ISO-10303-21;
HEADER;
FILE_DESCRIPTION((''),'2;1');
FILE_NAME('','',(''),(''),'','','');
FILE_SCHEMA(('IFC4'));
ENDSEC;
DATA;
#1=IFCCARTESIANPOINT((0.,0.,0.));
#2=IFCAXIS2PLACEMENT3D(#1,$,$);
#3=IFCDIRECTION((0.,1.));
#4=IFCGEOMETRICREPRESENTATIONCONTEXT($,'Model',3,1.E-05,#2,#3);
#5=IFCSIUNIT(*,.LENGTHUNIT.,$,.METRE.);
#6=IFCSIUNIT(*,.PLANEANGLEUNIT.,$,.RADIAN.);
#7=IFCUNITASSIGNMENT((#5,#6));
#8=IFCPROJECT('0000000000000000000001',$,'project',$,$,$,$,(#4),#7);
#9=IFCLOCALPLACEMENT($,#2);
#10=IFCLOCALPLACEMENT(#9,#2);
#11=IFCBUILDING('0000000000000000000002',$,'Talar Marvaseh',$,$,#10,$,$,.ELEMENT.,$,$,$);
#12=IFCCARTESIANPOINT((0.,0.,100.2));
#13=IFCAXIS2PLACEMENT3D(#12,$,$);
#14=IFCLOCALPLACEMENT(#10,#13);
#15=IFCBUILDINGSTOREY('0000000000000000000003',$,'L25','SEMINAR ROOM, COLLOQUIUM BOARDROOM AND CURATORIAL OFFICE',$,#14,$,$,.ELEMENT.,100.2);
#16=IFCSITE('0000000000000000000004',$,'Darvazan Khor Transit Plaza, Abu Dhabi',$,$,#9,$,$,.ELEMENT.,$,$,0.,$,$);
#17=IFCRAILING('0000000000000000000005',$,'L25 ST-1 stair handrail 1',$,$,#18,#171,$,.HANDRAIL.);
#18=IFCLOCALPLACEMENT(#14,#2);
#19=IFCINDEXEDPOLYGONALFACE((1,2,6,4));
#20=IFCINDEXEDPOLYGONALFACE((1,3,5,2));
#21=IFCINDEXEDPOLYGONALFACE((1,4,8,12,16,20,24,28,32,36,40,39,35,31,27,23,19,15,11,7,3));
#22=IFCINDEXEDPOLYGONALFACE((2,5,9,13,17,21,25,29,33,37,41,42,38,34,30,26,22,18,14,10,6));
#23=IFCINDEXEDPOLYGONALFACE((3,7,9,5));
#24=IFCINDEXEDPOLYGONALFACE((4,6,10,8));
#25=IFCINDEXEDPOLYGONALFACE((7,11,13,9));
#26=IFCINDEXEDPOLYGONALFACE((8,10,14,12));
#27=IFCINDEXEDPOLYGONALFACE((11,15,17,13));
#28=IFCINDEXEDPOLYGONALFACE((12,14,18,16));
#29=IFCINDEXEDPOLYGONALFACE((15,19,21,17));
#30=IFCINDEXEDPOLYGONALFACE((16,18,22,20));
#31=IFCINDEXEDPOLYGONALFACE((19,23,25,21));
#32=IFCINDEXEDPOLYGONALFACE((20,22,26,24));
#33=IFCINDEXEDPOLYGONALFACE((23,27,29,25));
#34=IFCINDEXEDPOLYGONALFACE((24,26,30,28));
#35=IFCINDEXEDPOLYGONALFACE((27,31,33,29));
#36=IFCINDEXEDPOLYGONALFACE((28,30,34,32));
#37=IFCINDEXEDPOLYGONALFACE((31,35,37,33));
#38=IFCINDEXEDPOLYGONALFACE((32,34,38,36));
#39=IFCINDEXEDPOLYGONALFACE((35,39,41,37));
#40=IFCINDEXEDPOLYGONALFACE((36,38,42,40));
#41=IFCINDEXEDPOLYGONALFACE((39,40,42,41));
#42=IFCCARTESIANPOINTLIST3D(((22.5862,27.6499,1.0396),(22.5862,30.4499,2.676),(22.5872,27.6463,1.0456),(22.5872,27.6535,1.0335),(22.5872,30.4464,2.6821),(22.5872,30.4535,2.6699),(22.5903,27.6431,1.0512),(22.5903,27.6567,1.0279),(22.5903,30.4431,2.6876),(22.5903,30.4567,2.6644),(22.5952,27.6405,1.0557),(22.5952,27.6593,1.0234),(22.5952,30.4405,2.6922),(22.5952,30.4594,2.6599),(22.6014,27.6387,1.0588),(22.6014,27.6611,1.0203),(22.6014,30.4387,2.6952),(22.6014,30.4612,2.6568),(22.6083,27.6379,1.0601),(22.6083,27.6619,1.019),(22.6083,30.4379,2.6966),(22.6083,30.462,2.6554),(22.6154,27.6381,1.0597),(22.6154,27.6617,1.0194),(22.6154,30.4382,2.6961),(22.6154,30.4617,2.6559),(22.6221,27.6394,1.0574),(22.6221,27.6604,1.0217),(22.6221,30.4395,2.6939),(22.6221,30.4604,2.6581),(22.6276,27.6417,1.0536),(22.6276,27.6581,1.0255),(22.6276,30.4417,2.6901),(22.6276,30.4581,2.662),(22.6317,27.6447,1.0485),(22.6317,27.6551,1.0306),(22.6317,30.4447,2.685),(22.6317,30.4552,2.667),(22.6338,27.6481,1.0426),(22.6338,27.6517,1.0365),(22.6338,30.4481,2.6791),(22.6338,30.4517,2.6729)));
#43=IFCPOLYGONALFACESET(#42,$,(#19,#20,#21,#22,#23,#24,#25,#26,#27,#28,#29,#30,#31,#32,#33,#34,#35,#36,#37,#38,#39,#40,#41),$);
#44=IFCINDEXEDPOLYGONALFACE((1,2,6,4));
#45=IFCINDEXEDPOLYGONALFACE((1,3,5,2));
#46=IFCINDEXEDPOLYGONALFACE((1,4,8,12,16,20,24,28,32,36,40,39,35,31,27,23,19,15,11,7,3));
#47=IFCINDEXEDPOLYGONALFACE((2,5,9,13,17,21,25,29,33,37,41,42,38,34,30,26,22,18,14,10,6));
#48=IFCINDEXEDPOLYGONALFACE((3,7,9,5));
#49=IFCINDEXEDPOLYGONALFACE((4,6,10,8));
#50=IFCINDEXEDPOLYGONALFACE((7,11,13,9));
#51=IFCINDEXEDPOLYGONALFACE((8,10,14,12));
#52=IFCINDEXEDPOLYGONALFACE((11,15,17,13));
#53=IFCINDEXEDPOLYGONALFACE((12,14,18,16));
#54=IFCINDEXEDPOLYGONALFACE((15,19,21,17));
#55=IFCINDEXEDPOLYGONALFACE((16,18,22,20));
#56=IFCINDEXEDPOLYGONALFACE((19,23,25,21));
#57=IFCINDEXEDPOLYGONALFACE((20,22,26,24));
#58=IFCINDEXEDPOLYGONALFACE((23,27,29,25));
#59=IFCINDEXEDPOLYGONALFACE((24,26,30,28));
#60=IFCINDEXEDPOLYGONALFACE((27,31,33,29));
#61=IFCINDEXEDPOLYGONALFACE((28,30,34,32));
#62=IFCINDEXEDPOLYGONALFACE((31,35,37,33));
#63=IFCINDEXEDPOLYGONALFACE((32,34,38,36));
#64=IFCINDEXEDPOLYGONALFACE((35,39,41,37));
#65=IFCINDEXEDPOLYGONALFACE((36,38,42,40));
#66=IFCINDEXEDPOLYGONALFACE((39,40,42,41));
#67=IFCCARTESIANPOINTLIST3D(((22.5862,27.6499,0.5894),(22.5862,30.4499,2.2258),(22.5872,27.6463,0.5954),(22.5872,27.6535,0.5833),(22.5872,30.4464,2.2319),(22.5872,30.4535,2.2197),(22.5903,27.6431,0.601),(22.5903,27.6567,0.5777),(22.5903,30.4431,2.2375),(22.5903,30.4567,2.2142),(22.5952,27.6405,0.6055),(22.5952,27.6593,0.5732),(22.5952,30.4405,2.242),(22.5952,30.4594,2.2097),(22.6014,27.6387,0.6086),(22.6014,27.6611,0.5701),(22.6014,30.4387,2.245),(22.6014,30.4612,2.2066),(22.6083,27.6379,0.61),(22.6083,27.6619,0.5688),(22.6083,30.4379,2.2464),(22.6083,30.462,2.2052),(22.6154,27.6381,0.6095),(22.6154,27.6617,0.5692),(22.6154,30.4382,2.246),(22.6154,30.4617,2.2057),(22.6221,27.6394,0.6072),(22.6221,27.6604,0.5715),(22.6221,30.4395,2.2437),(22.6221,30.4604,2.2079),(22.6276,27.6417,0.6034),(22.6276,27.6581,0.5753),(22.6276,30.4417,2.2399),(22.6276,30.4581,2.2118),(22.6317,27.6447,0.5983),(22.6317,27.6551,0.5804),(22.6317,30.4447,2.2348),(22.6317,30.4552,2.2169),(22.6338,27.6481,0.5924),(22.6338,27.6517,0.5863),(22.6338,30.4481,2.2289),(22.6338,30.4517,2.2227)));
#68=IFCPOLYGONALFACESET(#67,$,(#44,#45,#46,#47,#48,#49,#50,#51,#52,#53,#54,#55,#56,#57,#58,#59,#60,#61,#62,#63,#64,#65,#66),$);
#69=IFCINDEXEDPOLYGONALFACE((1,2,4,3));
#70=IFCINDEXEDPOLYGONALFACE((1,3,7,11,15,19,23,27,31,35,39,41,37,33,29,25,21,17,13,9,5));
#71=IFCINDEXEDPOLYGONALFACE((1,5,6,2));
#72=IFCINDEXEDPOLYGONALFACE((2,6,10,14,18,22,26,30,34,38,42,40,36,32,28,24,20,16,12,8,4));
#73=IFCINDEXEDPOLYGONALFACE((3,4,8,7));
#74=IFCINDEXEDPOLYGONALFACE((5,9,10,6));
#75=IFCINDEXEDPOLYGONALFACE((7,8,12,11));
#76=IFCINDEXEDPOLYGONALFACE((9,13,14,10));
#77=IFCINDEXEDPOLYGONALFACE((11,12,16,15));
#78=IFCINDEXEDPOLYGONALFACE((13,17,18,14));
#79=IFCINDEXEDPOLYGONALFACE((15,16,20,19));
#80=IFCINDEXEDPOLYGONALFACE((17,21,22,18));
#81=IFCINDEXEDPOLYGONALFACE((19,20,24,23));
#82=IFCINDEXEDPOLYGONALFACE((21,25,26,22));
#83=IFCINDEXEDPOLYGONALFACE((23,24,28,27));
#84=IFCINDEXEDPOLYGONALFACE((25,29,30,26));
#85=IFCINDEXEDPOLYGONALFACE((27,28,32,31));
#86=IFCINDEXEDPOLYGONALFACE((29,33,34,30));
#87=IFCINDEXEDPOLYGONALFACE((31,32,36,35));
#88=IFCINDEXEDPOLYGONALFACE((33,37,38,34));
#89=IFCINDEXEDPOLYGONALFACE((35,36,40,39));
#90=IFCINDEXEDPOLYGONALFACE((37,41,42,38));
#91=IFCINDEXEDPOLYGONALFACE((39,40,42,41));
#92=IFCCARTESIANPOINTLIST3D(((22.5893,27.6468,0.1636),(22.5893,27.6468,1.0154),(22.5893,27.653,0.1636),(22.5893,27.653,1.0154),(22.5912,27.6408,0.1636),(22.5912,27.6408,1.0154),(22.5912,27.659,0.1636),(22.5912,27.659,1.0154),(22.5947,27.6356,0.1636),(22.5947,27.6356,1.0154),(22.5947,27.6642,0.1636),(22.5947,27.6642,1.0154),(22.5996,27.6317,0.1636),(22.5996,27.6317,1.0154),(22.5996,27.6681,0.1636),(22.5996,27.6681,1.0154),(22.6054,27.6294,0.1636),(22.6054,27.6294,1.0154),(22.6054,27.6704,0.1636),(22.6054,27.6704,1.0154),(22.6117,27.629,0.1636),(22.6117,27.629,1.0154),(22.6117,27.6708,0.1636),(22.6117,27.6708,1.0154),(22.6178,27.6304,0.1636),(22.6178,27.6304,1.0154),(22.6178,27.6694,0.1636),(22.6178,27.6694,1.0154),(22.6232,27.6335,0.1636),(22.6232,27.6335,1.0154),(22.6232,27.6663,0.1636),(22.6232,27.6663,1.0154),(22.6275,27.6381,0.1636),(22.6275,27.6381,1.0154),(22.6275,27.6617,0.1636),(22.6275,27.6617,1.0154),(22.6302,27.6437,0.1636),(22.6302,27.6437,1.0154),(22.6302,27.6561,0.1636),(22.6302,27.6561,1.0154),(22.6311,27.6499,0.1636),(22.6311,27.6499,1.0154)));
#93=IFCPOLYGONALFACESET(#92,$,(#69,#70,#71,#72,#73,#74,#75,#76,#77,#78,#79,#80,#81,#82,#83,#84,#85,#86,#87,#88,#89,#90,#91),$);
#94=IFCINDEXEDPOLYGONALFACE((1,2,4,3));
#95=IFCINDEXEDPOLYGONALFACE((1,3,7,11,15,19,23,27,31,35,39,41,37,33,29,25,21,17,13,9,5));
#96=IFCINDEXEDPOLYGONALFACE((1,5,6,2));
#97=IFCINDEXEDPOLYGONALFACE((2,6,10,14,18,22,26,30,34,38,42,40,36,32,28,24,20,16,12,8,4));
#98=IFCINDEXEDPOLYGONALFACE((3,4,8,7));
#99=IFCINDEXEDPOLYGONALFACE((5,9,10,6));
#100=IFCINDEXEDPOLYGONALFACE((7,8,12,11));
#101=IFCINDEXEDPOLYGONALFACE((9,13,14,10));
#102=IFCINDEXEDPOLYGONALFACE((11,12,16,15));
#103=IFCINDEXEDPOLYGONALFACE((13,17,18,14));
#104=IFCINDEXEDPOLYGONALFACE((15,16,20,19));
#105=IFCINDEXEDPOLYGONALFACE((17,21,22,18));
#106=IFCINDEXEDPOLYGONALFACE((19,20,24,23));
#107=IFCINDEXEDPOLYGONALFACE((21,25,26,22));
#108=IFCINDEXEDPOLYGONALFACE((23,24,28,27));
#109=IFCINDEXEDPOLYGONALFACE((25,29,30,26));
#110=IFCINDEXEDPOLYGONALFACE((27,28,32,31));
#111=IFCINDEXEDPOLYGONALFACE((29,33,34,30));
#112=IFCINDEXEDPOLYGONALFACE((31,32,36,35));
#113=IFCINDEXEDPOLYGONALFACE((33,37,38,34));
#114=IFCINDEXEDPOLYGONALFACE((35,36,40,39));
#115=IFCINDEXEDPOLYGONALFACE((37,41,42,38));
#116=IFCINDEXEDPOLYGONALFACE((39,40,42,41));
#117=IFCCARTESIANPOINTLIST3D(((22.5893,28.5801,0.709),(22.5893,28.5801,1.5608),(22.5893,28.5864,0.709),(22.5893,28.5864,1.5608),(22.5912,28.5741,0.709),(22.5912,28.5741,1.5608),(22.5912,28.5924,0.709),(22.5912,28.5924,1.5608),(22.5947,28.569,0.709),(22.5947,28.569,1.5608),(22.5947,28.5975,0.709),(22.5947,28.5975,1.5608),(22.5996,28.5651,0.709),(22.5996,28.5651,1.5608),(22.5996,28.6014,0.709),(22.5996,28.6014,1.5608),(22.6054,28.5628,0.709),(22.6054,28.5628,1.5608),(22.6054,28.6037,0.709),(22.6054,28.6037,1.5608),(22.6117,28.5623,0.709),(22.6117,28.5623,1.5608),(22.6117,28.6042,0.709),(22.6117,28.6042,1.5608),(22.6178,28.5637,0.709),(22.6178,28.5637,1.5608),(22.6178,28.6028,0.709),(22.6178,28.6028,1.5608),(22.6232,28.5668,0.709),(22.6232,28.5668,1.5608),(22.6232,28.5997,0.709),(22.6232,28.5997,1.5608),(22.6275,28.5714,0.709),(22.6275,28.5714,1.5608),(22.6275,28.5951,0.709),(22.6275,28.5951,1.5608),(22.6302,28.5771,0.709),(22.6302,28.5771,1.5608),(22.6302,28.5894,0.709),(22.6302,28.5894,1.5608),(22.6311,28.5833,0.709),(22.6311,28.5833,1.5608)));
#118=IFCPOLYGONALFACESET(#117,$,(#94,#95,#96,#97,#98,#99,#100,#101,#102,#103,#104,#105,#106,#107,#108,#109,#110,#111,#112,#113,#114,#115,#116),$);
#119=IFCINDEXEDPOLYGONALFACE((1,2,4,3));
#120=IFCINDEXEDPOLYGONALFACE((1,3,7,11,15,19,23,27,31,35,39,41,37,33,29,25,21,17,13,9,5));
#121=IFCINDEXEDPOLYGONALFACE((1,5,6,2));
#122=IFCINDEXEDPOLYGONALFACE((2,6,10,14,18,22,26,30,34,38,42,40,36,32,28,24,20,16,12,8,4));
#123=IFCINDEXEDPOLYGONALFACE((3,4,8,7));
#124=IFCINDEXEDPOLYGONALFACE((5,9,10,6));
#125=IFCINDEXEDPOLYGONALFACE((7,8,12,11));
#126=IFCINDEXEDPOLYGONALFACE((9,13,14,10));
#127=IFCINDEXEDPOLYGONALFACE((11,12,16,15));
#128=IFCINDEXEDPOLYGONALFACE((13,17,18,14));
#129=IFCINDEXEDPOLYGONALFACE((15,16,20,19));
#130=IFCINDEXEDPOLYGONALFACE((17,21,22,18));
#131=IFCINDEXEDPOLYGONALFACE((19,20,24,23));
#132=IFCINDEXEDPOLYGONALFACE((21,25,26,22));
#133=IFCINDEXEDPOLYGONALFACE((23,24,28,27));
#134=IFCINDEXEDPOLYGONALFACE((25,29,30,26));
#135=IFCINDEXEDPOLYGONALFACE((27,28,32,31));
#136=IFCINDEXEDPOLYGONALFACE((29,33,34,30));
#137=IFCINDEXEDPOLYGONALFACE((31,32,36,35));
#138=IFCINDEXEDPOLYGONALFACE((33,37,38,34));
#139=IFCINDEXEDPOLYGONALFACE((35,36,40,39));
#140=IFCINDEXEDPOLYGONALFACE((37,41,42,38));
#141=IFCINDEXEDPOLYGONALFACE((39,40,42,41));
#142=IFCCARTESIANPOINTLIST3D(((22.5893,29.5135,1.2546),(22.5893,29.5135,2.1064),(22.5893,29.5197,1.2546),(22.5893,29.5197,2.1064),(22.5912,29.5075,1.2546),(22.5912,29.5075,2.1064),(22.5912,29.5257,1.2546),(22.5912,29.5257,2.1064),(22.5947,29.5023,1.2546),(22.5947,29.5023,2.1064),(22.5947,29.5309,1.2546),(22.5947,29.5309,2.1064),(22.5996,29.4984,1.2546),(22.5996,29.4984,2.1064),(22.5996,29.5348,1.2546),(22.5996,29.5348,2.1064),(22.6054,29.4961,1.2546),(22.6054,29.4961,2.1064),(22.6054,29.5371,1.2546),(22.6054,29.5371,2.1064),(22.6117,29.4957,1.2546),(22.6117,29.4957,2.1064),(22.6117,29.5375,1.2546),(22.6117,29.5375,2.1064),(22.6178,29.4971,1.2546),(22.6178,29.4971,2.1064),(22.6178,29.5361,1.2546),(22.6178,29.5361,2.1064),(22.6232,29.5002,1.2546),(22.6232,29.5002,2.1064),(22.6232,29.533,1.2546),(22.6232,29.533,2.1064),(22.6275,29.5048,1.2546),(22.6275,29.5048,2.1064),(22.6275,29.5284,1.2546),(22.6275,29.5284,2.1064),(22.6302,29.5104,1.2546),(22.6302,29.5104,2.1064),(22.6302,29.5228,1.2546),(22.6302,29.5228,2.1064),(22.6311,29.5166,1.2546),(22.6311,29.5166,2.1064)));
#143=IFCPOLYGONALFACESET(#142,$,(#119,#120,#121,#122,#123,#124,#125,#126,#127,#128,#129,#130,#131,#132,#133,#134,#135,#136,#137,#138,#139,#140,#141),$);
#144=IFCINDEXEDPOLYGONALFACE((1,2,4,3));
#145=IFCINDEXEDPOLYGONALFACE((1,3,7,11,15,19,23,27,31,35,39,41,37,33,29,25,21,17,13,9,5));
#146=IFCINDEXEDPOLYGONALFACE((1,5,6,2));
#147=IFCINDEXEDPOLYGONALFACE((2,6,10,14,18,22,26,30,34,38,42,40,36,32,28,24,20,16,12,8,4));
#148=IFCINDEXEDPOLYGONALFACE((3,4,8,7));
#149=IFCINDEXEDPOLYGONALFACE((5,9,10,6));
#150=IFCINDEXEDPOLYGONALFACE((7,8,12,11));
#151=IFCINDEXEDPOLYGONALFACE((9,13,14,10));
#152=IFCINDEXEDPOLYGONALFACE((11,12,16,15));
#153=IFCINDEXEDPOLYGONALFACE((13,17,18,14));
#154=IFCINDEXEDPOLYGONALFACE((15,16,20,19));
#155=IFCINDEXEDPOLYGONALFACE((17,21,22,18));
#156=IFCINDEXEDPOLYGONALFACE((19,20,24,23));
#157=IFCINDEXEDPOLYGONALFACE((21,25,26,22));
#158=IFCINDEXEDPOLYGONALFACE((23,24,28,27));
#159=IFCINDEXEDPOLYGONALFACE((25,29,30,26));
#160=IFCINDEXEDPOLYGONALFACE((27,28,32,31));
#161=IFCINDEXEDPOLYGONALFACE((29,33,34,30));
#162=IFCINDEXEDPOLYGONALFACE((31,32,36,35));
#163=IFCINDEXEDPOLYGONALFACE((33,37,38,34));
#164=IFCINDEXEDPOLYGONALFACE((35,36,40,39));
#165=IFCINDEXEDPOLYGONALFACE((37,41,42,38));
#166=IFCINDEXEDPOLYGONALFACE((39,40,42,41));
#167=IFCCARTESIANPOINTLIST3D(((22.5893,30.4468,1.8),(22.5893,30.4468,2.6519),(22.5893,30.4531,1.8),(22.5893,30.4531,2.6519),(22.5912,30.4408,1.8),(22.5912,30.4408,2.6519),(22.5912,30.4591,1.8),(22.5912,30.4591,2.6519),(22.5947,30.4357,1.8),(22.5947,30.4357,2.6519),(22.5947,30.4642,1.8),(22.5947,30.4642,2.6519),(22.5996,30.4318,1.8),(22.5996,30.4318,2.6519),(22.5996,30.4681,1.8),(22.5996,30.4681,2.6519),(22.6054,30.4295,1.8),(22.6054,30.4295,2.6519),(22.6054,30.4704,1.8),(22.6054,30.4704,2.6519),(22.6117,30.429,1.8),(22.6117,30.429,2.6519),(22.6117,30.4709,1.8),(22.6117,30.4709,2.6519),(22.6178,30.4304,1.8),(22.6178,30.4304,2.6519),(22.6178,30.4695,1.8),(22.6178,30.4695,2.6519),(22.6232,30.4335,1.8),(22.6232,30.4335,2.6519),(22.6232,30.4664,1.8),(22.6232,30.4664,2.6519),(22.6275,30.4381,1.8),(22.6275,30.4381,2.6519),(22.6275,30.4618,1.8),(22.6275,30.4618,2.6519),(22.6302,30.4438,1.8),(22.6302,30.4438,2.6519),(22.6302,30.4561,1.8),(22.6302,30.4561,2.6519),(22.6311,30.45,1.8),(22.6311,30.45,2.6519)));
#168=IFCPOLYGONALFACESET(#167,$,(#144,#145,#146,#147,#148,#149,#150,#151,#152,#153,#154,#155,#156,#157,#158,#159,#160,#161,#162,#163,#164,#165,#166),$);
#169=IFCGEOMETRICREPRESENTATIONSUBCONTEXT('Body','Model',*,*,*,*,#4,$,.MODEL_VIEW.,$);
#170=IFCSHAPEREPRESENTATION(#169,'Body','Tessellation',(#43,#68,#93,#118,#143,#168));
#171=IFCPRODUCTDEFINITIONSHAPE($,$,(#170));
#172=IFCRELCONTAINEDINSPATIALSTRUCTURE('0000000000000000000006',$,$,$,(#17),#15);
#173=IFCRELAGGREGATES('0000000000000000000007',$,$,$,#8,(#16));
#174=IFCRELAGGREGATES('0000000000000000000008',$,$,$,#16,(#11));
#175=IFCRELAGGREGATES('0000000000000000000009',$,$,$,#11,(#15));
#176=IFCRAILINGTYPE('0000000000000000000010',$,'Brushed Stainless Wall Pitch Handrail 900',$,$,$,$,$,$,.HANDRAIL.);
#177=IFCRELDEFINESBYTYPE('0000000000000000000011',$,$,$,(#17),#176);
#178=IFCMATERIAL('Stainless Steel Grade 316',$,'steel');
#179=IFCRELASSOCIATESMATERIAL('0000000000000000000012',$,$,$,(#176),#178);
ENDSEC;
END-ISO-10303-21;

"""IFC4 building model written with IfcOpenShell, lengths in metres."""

from ifc_helpers import new_model, si_unit, direction, frame, origin, origin_2d, place, context, subcontext, project, spatial, circle, extrude, material, type_object, element, save


model = new_model("IFC4")

# Units and contexts
model_context = context("Model", 3, precision=1e-05, world=origin(), true_north=direction((0.0, 1.0)))
body_context = subcontext(model_context, "Body", "Model", "MODEL_VIEW")
ifc_project = project(units=[si_unit("LENGTHUNIT", "METRE"), si_unit("PLANEANGLEUNIT", "RADIAN")], contexts=[model_context])

# Site, building, storey
site_placement = place(None, origin())
site = spatial("IfcSite", under=ifc_project, at=site_placement, Name="Darvazan Khor Transit Plaza, Abu Dhabi", CompositionType="ELEMENT", RefElevation=0.0)
building_placement = place(site_placement, origin())
building = spatial("IfcBuilding", under=site, at=building_placement, Name="Talar Marvaseh", CompositionType="ELEMENT")
storey_placement = place(building_placement, frame((0.0, 0.0, 100.2)))
storey = spatial("IfcBuildingStorey", under=building, at=storey_placement, Name="L25", Description="SEMINAR ROOM, COLLOQUIUM BOARDROOM AND CURATORIAL OFFICE", CompositionType="ELEMENT", Elevation=100.2)

# Railing
ifc_material_1 = material(Name="Stainless Steel Grade 316", Category="steel")
railing_type_1 = type_object("IfcRailingType", Name="Brushed Stainless Wall Pitch Handrail 900", PredefinedType="HANDRAIL", material=ifc_material_1)
railing_1_placement = place(storey_placement, frame((22.6101, 27.6499, 0.1636)))
element("IfcRailing", 1, at=railing_1_placement, inside=storey, type_object=railing_type_1, Name="L25 ST-1 stair handrail 1", PredefinedType="HANDRAIL", context=body_context, shape_type="SweptSolid", body=[
    extrude(circle(Radius=0.0239, at=origin_2d()), frame((0.0, 0.0, 0.876), z_axis=(0.0, 0.863361, 0.504587), x_axis=(-1.0, 0.0, 0.0)), (0.0, 0.0, 1.0), 3.2432),
    extrude(circle(Radius=0.0239, at=origin_2d()), frame((0.0, 0.0, 0.4258), z_axis=(0.0, 0.863361, 0.504587), x_axis=(-1.0, 0.0, 0.0)), (0.0, 0.0, 1.0), 3.2432),
    extrude(circle(Radius=0.021, at=origin_2d()), origin(), (0.0, 0.0, 1.0), 0.8518),
    extrude(circle(Radius=0.021, at=origin_2d()), frame((0.0, 0.9333, 0.5454)), (0.0, 0.0, 1.0), 0.8518),
    extrude(circle(Radius=0.021, at=origin_2d()), frame((0.0, 1.8667, 1.0911)), (0.0, 0.0, 1.0), 0.8518),
    extrude(circle(Radius=0.021, at=origin_2d()), frame((0.0, 2.8, 1.6365)), (0.0, 0.0, 1.0), 0.8518),
])

save(model, "model.ifc")
